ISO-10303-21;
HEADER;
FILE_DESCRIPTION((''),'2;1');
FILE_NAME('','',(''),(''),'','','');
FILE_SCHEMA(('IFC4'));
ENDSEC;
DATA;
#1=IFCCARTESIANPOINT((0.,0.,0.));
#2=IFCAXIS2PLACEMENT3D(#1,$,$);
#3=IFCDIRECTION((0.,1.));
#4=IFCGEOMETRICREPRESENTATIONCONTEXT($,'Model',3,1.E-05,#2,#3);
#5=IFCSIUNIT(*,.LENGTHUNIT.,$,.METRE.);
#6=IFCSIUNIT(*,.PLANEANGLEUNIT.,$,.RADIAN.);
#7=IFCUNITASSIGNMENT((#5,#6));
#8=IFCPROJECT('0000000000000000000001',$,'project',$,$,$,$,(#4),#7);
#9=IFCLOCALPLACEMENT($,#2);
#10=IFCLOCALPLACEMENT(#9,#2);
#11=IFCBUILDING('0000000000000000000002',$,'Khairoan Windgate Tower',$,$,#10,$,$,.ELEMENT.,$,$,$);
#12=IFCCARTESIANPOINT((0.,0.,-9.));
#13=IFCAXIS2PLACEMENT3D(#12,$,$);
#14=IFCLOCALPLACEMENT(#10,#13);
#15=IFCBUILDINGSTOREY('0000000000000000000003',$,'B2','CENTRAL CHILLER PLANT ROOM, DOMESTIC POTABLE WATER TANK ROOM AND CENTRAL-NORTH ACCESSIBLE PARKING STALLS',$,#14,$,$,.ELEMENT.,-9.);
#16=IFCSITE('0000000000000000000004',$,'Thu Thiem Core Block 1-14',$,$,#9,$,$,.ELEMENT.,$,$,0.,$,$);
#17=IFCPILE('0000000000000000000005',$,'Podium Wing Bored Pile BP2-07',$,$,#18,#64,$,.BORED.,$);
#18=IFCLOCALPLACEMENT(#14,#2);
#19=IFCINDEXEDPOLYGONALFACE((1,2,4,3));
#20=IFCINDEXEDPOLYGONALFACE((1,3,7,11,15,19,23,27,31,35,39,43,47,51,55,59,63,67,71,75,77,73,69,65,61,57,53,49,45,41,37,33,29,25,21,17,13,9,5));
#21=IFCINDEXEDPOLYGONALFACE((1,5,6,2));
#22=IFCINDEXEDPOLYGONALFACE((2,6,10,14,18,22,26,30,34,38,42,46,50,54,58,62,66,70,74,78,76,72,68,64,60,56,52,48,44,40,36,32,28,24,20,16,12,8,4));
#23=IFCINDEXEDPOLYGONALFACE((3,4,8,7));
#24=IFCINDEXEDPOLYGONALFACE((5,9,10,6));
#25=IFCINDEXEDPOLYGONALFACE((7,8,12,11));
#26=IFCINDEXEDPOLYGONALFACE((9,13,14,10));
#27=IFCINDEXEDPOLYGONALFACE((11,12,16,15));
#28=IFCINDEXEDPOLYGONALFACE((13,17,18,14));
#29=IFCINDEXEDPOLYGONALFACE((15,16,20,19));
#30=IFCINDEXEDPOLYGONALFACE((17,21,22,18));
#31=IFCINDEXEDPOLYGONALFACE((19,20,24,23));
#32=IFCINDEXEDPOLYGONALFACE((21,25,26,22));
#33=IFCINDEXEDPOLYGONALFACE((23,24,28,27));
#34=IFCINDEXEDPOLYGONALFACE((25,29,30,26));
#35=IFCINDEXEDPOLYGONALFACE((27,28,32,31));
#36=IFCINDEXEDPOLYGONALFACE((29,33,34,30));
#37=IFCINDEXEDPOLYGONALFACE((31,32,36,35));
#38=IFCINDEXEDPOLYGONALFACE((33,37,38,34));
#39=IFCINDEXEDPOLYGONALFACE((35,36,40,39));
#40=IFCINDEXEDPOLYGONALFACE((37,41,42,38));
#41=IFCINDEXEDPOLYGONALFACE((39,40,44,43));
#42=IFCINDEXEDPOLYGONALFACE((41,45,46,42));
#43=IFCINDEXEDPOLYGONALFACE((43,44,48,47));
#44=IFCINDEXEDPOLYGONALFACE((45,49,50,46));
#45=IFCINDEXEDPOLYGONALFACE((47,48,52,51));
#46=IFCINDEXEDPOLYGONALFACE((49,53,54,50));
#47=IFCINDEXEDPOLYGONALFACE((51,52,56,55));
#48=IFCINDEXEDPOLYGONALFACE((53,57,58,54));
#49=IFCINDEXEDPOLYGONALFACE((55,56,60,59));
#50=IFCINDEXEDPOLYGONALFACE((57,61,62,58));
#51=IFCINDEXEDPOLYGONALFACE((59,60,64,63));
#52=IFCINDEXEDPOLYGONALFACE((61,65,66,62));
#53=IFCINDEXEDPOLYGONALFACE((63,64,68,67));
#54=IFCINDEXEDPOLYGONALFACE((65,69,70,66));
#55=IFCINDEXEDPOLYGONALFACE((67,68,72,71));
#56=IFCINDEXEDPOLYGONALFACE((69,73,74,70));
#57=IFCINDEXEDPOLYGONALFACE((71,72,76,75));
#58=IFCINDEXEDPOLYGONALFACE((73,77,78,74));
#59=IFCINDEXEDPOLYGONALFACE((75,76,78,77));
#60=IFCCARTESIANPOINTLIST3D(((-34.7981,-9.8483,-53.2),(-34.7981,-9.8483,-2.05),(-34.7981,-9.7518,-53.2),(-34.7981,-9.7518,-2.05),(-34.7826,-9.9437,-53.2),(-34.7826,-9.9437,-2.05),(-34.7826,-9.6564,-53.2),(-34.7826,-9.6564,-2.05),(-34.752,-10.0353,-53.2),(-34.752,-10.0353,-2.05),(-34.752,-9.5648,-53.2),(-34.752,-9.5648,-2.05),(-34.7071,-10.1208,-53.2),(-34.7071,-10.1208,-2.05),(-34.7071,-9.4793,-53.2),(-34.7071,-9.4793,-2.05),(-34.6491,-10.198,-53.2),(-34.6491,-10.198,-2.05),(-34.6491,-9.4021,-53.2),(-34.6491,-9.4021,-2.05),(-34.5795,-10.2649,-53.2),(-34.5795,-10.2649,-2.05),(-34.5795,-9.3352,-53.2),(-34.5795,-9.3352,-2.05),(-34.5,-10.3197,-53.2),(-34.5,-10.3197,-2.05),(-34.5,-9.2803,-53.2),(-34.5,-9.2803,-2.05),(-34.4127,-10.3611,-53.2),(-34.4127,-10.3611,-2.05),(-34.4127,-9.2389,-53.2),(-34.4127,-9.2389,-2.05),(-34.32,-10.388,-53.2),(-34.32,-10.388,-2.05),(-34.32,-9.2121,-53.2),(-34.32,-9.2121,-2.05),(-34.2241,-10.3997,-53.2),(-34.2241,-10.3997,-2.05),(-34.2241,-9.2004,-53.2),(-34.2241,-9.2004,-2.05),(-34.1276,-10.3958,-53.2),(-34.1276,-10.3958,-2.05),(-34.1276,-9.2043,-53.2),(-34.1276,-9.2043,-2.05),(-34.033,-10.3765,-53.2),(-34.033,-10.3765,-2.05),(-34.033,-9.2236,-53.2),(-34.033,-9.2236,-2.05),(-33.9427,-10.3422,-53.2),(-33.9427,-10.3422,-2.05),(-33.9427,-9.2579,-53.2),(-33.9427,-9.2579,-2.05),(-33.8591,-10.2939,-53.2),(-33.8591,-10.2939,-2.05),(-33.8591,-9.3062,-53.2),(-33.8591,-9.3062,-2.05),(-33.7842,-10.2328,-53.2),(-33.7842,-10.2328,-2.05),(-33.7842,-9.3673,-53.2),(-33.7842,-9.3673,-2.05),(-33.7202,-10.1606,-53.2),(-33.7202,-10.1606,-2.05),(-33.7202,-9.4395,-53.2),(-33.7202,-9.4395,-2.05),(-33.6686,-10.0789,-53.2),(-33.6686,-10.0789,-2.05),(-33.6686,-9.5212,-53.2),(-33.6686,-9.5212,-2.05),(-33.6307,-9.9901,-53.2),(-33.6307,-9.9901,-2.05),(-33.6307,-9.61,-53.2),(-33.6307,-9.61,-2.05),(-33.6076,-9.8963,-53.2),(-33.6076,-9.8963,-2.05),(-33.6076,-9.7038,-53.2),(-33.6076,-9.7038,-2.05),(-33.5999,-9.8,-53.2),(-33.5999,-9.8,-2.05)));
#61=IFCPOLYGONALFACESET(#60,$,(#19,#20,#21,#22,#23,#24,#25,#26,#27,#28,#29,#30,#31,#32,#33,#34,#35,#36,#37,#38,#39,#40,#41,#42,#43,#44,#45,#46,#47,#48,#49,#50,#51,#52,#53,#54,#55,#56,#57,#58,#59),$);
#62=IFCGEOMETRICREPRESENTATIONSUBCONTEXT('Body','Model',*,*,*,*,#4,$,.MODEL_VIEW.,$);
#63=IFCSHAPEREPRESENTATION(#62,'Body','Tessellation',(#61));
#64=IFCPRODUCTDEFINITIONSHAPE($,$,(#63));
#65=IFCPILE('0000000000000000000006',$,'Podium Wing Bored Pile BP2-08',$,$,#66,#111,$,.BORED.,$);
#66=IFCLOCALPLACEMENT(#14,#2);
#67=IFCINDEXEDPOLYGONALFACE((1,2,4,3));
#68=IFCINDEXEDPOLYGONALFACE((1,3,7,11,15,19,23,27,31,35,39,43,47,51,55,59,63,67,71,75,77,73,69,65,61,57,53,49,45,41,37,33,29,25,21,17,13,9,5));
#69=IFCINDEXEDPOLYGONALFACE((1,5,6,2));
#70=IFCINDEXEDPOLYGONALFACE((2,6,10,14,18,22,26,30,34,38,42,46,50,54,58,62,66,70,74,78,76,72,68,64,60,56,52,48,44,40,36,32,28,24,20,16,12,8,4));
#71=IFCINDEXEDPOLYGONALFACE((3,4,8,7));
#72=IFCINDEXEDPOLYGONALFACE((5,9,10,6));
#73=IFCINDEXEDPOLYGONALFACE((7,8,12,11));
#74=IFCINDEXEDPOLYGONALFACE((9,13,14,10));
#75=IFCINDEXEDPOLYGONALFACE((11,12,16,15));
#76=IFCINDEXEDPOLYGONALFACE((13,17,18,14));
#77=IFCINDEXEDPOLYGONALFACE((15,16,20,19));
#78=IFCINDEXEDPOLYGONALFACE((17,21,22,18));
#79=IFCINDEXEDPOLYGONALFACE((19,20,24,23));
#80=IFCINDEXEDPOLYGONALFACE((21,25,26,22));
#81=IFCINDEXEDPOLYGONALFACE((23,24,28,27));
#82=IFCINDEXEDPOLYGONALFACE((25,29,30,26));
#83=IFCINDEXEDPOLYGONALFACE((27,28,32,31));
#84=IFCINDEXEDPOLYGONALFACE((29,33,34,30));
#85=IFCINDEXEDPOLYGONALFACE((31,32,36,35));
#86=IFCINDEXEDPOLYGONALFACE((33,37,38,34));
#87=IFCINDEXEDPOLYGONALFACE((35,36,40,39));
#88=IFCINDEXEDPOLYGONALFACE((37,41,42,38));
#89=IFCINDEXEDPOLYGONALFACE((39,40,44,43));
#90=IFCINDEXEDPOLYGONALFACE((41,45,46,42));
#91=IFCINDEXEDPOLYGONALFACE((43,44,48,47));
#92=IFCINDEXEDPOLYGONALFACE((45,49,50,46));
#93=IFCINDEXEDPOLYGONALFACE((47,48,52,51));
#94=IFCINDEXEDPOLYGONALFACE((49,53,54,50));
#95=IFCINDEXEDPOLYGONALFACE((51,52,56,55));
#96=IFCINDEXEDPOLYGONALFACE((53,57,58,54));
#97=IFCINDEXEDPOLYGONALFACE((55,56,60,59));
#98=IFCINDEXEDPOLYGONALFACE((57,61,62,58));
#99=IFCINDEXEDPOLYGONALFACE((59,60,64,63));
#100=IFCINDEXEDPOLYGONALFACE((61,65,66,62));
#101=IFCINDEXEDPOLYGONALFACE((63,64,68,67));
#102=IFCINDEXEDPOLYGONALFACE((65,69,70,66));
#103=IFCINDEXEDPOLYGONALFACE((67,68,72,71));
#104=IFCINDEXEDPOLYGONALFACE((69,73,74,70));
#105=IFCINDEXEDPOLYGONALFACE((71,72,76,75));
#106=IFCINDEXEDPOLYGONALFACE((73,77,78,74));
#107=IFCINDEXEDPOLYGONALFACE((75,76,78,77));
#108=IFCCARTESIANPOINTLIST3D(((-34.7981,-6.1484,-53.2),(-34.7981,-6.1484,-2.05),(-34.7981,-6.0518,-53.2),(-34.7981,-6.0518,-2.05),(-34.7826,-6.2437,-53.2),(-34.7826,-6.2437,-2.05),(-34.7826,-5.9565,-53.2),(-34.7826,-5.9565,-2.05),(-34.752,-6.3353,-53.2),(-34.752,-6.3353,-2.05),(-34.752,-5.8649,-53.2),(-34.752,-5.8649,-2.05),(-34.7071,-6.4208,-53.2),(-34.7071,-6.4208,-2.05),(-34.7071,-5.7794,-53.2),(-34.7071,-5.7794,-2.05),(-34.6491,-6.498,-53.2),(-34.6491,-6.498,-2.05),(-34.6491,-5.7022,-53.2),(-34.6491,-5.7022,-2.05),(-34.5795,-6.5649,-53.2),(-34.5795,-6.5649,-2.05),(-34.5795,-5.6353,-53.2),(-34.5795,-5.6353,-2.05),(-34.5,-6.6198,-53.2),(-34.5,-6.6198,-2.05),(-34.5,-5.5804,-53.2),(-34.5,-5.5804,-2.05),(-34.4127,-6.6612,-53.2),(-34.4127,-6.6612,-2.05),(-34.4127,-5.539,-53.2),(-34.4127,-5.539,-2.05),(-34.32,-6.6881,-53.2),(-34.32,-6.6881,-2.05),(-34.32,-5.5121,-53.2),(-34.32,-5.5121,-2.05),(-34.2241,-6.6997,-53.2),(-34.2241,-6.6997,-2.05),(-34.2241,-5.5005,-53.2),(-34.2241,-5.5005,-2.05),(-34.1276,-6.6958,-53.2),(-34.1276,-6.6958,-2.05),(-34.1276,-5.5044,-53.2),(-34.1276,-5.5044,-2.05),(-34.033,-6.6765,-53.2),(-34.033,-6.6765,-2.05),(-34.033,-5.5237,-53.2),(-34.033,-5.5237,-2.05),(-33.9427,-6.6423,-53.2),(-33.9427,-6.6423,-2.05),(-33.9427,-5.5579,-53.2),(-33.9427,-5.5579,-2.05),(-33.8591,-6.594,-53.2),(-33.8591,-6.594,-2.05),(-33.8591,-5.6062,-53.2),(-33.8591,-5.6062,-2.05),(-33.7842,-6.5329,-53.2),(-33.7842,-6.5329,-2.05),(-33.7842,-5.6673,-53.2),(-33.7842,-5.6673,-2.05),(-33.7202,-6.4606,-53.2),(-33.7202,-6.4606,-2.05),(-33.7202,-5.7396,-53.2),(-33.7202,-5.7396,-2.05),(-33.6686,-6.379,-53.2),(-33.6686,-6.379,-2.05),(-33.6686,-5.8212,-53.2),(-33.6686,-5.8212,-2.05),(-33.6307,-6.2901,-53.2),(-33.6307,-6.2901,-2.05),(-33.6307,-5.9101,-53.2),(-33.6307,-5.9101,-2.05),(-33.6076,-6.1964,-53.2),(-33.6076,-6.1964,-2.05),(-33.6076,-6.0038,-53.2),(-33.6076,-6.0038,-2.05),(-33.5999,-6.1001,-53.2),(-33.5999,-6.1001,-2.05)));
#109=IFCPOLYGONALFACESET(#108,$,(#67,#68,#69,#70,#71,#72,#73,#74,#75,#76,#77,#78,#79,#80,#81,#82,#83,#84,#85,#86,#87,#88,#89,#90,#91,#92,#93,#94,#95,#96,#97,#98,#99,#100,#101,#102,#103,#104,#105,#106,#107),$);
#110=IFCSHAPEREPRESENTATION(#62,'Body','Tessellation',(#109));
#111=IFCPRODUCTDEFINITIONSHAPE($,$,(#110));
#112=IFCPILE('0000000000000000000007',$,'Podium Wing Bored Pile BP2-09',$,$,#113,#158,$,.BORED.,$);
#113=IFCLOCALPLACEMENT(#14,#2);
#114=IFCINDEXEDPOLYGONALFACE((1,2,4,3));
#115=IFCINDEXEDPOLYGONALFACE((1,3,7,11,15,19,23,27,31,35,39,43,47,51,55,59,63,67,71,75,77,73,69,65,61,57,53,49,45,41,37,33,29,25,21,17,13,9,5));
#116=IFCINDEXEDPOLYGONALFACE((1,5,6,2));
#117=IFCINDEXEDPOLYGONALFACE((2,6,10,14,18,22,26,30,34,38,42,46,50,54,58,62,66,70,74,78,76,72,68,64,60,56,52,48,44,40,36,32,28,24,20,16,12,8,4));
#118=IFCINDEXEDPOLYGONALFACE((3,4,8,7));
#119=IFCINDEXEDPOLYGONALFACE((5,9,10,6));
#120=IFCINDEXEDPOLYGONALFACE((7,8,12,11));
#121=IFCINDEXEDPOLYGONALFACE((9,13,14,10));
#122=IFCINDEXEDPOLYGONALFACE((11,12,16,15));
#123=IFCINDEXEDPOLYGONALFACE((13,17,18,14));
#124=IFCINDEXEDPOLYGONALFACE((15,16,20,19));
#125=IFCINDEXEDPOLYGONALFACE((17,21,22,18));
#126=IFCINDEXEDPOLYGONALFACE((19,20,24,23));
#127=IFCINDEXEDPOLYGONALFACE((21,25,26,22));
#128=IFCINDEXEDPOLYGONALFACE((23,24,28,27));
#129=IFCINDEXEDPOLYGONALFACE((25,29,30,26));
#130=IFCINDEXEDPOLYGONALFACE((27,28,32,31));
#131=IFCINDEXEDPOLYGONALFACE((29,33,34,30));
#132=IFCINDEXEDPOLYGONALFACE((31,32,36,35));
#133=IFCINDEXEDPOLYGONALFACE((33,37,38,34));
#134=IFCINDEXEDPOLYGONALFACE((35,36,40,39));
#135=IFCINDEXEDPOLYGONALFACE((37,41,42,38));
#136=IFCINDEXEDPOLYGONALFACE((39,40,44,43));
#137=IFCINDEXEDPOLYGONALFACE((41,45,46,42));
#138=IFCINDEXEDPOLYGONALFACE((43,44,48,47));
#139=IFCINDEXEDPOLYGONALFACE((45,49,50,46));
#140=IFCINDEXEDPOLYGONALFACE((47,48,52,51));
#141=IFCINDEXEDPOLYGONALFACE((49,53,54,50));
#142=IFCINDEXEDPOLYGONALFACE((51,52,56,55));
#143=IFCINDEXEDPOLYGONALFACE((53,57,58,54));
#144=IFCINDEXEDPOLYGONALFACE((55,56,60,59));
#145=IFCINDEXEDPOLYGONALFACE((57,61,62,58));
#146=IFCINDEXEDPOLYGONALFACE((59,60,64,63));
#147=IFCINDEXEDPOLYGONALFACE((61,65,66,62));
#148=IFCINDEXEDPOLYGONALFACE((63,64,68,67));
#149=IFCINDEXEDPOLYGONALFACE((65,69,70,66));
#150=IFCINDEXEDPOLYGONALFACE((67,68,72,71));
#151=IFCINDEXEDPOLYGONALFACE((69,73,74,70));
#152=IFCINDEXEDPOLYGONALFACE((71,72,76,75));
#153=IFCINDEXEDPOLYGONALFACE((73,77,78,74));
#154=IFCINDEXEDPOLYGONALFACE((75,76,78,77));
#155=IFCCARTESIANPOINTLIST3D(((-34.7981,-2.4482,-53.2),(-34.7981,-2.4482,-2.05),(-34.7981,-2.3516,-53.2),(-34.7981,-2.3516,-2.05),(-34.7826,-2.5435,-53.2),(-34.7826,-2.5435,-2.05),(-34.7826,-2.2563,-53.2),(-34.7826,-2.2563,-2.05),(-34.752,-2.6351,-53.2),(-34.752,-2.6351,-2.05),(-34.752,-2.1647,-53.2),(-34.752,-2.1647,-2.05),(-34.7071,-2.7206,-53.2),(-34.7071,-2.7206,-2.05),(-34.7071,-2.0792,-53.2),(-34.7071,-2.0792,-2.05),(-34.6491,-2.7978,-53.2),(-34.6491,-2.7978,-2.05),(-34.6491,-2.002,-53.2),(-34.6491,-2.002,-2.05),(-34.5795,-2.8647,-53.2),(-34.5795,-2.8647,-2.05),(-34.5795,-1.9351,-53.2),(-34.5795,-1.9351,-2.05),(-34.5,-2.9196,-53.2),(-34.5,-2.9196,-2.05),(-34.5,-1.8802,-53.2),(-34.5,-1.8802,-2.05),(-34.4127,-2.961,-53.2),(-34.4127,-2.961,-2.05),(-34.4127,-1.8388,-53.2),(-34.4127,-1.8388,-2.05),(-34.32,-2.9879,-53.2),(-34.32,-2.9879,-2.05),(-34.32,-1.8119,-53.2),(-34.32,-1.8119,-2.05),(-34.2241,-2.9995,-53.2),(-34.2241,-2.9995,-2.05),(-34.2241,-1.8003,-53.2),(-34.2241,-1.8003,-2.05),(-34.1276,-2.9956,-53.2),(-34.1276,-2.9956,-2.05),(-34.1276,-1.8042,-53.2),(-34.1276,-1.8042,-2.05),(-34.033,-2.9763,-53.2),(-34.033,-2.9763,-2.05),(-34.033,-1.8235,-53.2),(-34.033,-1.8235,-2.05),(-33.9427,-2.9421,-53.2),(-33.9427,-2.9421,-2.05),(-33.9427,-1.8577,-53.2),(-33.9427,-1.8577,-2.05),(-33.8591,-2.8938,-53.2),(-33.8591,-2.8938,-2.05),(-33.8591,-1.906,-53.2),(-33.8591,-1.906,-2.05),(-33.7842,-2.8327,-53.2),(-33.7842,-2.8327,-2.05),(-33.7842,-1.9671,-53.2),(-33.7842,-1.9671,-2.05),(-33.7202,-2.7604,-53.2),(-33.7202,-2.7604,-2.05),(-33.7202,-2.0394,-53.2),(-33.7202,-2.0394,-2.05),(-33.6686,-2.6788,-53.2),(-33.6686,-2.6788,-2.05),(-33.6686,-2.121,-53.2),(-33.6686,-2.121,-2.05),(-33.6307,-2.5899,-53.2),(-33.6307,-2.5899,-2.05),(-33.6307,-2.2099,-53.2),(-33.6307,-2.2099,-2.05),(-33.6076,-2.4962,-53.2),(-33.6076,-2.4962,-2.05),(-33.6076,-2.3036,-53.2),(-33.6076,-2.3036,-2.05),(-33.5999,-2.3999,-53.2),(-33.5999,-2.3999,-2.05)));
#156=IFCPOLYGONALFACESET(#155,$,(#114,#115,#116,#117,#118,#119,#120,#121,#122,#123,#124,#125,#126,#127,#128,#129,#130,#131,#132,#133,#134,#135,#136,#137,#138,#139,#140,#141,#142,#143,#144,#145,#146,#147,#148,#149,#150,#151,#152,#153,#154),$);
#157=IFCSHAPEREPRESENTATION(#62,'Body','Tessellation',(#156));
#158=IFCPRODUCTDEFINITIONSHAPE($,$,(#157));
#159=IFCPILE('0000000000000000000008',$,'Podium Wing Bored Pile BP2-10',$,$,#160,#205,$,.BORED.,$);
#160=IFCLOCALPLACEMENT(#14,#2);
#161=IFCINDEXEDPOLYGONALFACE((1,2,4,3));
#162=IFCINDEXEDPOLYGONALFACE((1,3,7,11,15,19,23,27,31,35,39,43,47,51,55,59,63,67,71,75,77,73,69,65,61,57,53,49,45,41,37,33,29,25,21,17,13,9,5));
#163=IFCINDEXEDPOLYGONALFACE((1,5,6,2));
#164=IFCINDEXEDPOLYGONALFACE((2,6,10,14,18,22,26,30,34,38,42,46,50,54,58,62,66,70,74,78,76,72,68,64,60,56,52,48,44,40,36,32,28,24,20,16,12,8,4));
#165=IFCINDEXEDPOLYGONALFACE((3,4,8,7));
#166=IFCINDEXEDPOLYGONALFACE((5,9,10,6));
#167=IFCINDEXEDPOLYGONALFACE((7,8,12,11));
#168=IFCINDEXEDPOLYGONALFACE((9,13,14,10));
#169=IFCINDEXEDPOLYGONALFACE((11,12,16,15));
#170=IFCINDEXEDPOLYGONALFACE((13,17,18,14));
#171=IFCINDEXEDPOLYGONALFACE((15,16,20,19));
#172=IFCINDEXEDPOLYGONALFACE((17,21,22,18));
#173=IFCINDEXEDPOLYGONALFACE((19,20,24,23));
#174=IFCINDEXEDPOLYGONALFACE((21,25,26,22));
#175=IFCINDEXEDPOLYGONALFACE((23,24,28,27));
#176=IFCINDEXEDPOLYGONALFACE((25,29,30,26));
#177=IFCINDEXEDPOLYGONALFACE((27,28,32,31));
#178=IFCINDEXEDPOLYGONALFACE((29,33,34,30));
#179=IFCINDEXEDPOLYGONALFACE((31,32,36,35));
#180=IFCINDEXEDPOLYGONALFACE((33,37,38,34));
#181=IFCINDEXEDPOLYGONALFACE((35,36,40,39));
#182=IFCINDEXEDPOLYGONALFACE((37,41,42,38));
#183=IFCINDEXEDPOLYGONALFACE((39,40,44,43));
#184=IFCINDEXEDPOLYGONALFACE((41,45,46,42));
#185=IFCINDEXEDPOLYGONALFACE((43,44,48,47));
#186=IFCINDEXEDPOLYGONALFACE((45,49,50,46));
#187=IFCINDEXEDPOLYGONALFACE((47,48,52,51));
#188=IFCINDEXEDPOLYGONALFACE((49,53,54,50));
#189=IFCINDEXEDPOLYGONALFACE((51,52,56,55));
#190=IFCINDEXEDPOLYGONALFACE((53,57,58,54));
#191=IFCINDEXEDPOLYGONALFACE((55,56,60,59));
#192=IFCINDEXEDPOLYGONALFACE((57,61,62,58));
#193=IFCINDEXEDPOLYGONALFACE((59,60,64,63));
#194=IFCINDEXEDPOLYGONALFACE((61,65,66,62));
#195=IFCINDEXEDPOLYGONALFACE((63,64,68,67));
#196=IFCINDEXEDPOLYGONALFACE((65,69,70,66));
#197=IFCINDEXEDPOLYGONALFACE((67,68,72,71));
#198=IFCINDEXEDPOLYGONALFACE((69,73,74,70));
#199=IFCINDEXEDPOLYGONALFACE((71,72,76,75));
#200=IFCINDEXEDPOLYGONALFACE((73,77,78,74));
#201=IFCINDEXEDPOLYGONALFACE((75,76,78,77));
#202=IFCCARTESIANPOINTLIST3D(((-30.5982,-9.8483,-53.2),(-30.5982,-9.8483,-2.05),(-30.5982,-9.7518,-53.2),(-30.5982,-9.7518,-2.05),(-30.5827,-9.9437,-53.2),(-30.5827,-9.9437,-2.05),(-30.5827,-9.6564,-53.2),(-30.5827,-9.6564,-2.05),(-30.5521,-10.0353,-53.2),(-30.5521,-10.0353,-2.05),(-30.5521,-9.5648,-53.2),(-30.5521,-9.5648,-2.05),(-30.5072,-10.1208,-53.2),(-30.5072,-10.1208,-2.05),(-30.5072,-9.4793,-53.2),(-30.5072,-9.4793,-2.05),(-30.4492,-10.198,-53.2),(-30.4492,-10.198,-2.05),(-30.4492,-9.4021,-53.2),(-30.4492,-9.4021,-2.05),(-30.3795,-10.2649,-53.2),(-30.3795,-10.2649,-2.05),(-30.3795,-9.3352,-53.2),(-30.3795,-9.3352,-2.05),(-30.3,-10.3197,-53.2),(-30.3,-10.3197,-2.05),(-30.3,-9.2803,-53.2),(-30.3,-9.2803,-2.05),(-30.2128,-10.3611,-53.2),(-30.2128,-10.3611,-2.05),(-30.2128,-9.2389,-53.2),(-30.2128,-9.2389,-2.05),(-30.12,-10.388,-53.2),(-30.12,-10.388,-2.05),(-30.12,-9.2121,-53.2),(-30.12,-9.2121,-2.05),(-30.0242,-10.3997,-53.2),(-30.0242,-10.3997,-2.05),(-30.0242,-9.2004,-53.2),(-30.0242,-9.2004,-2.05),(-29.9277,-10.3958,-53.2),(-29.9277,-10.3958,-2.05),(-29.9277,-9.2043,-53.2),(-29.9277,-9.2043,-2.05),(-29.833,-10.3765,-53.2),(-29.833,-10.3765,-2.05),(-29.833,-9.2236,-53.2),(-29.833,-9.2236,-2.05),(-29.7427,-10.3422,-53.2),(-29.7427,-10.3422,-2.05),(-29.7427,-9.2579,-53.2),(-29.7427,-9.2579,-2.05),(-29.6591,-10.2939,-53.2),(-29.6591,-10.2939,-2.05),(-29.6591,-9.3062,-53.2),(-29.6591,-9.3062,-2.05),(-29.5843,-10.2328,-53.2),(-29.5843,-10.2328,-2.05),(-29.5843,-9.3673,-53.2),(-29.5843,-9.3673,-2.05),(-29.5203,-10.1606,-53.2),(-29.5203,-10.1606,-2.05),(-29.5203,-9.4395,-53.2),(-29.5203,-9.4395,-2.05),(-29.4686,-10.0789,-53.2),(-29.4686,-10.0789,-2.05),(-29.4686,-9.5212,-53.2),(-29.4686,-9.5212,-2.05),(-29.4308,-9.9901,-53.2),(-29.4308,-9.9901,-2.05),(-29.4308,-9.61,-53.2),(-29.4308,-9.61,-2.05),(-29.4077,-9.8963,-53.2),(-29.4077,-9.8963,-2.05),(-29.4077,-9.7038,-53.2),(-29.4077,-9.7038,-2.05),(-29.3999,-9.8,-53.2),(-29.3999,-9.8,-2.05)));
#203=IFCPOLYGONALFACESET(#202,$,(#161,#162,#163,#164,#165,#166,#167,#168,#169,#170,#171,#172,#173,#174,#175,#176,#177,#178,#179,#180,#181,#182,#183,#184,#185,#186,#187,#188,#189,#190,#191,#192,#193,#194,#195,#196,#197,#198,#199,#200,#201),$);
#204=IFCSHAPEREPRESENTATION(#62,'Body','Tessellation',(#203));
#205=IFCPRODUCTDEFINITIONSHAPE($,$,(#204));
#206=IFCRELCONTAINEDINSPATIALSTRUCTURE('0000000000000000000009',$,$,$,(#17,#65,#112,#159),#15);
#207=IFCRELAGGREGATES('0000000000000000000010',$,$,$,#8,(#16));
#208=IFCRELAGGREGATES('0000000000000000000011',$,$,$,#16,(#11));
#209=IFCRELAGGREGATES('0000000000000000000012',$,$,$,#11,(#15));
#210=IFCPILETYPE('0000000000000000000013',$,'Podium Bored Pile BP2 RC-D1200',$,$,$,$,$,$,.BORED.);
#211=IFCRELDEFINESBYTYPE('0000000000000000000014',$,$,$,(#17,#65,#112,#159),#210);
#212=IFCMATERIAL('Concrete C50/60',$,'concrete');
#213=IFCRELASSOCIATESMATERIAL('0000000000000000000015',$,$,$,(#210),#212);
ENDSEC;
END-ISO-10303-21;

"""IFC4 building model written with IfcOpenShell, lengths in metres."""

from ifc_helpers import new_model, si_unit, direction, frame, origin, origin_2d, place, context, subcontext, project, spatial, circle, extrude, material, material_profile, profile_set, type_object, element, save


model = new_model("IFC4")

# Units and contexts
model_context = context("Model", 3, precision=1e-05, world=origin(), true_north=direction((0.0, 1.0)))
body_context = subcontext(model_context, "Body", "Model", "MODEL_VIEW")
ifc_project = project(units=[si_unit("LENGTHUNIT", "METRE"), si_unit("PLANEANGLEUNIT", "RADIAN")], contexts=[model_context])

# Site, building, storey
site_placement = place(None, origin())
site = spatial("IfcSite", under=ifc_project, at=site_placement, Name="Thu Thiem Core Block 1-14", CompositionType="ELEMENT", RefElevation=0.0)
building_placement = place(site_placement, origin())
building = spatial("IfcBuilding", under=site, at=building_placement, Name="Khairoan Windgate Tower", CompositionType="ELEMENT")
storey_placement = place(building_placement, frame((0.0, 0.0, -9.0)))
storey = spatial("IfcBuildingStorey", under=building, at=storey_placement, Name="B2", Description="CENTRAL CHILLER PLANT ROOM, DOMESTIC POTABLE WATER TANK ROOM AND CENTRAL-NORTH ACCESSIBLE PARKING STALLS", CompositionType="ELEMENT", Elevation=-9.0)

# Piles
ifc_material_1 = material(Name="Concrete C50/60", Category="concrete")
ifc_material_profile_1 = material_profile(ifc_material_1, circle(Radius=0.6001, at=origin_2d()))
ifc_profile_set_1 = profile_set([ifc_material_profile_1], Name="Concrete C50/60")
pile_type = type_object("IfcPileType", Name="Podium Bored Pile BP2 RC-D1200", PredefinedType="BORED", material=ifc_profile_set_1)
for number, where, z_axis, x_axis, name in (
    (1, (-34.2, -9.8, -2.05), (0.0, 0.0, -1.0), (1.0, 0.0, 0.0), "Podium Wing Bored Pile BP2-07"),
    (2, (-34.2, -6.1001, -2.05), (0.0, 0.0, -1.0), (1.0, 0.0, 0.0), "Podium Wing Bored Pile BP2-08"),
    (3, (-34.2, -2.3999, -2.05), (0.0, 0.0, -1.0), (1.0, 0.0, 0.0), "Podium Wing Bored Pile BP2-09"),
    (4, (-30.0, -9.8, -2.05), (0.0, 0.0, -1.0), (1.0, 0.0, 0.0), "Podium Wing Bored Pile BP2-10"),
):
    element("IfcPile", number, at=place(storey_placement, frame(where, z_axis=z_axis, x_axis=x_axis)), inside=storey, type_object=pile_type, Name=name, PredefinedType="BORED", context=body_context, shape_type="SweptSolid", body=[
        extrude(circle(Radius=0.6001, at=origin_2d()), origin(), (0.0, 0.0, 1.0), 51.1499),
    ])

save(model, "model.ifc")
